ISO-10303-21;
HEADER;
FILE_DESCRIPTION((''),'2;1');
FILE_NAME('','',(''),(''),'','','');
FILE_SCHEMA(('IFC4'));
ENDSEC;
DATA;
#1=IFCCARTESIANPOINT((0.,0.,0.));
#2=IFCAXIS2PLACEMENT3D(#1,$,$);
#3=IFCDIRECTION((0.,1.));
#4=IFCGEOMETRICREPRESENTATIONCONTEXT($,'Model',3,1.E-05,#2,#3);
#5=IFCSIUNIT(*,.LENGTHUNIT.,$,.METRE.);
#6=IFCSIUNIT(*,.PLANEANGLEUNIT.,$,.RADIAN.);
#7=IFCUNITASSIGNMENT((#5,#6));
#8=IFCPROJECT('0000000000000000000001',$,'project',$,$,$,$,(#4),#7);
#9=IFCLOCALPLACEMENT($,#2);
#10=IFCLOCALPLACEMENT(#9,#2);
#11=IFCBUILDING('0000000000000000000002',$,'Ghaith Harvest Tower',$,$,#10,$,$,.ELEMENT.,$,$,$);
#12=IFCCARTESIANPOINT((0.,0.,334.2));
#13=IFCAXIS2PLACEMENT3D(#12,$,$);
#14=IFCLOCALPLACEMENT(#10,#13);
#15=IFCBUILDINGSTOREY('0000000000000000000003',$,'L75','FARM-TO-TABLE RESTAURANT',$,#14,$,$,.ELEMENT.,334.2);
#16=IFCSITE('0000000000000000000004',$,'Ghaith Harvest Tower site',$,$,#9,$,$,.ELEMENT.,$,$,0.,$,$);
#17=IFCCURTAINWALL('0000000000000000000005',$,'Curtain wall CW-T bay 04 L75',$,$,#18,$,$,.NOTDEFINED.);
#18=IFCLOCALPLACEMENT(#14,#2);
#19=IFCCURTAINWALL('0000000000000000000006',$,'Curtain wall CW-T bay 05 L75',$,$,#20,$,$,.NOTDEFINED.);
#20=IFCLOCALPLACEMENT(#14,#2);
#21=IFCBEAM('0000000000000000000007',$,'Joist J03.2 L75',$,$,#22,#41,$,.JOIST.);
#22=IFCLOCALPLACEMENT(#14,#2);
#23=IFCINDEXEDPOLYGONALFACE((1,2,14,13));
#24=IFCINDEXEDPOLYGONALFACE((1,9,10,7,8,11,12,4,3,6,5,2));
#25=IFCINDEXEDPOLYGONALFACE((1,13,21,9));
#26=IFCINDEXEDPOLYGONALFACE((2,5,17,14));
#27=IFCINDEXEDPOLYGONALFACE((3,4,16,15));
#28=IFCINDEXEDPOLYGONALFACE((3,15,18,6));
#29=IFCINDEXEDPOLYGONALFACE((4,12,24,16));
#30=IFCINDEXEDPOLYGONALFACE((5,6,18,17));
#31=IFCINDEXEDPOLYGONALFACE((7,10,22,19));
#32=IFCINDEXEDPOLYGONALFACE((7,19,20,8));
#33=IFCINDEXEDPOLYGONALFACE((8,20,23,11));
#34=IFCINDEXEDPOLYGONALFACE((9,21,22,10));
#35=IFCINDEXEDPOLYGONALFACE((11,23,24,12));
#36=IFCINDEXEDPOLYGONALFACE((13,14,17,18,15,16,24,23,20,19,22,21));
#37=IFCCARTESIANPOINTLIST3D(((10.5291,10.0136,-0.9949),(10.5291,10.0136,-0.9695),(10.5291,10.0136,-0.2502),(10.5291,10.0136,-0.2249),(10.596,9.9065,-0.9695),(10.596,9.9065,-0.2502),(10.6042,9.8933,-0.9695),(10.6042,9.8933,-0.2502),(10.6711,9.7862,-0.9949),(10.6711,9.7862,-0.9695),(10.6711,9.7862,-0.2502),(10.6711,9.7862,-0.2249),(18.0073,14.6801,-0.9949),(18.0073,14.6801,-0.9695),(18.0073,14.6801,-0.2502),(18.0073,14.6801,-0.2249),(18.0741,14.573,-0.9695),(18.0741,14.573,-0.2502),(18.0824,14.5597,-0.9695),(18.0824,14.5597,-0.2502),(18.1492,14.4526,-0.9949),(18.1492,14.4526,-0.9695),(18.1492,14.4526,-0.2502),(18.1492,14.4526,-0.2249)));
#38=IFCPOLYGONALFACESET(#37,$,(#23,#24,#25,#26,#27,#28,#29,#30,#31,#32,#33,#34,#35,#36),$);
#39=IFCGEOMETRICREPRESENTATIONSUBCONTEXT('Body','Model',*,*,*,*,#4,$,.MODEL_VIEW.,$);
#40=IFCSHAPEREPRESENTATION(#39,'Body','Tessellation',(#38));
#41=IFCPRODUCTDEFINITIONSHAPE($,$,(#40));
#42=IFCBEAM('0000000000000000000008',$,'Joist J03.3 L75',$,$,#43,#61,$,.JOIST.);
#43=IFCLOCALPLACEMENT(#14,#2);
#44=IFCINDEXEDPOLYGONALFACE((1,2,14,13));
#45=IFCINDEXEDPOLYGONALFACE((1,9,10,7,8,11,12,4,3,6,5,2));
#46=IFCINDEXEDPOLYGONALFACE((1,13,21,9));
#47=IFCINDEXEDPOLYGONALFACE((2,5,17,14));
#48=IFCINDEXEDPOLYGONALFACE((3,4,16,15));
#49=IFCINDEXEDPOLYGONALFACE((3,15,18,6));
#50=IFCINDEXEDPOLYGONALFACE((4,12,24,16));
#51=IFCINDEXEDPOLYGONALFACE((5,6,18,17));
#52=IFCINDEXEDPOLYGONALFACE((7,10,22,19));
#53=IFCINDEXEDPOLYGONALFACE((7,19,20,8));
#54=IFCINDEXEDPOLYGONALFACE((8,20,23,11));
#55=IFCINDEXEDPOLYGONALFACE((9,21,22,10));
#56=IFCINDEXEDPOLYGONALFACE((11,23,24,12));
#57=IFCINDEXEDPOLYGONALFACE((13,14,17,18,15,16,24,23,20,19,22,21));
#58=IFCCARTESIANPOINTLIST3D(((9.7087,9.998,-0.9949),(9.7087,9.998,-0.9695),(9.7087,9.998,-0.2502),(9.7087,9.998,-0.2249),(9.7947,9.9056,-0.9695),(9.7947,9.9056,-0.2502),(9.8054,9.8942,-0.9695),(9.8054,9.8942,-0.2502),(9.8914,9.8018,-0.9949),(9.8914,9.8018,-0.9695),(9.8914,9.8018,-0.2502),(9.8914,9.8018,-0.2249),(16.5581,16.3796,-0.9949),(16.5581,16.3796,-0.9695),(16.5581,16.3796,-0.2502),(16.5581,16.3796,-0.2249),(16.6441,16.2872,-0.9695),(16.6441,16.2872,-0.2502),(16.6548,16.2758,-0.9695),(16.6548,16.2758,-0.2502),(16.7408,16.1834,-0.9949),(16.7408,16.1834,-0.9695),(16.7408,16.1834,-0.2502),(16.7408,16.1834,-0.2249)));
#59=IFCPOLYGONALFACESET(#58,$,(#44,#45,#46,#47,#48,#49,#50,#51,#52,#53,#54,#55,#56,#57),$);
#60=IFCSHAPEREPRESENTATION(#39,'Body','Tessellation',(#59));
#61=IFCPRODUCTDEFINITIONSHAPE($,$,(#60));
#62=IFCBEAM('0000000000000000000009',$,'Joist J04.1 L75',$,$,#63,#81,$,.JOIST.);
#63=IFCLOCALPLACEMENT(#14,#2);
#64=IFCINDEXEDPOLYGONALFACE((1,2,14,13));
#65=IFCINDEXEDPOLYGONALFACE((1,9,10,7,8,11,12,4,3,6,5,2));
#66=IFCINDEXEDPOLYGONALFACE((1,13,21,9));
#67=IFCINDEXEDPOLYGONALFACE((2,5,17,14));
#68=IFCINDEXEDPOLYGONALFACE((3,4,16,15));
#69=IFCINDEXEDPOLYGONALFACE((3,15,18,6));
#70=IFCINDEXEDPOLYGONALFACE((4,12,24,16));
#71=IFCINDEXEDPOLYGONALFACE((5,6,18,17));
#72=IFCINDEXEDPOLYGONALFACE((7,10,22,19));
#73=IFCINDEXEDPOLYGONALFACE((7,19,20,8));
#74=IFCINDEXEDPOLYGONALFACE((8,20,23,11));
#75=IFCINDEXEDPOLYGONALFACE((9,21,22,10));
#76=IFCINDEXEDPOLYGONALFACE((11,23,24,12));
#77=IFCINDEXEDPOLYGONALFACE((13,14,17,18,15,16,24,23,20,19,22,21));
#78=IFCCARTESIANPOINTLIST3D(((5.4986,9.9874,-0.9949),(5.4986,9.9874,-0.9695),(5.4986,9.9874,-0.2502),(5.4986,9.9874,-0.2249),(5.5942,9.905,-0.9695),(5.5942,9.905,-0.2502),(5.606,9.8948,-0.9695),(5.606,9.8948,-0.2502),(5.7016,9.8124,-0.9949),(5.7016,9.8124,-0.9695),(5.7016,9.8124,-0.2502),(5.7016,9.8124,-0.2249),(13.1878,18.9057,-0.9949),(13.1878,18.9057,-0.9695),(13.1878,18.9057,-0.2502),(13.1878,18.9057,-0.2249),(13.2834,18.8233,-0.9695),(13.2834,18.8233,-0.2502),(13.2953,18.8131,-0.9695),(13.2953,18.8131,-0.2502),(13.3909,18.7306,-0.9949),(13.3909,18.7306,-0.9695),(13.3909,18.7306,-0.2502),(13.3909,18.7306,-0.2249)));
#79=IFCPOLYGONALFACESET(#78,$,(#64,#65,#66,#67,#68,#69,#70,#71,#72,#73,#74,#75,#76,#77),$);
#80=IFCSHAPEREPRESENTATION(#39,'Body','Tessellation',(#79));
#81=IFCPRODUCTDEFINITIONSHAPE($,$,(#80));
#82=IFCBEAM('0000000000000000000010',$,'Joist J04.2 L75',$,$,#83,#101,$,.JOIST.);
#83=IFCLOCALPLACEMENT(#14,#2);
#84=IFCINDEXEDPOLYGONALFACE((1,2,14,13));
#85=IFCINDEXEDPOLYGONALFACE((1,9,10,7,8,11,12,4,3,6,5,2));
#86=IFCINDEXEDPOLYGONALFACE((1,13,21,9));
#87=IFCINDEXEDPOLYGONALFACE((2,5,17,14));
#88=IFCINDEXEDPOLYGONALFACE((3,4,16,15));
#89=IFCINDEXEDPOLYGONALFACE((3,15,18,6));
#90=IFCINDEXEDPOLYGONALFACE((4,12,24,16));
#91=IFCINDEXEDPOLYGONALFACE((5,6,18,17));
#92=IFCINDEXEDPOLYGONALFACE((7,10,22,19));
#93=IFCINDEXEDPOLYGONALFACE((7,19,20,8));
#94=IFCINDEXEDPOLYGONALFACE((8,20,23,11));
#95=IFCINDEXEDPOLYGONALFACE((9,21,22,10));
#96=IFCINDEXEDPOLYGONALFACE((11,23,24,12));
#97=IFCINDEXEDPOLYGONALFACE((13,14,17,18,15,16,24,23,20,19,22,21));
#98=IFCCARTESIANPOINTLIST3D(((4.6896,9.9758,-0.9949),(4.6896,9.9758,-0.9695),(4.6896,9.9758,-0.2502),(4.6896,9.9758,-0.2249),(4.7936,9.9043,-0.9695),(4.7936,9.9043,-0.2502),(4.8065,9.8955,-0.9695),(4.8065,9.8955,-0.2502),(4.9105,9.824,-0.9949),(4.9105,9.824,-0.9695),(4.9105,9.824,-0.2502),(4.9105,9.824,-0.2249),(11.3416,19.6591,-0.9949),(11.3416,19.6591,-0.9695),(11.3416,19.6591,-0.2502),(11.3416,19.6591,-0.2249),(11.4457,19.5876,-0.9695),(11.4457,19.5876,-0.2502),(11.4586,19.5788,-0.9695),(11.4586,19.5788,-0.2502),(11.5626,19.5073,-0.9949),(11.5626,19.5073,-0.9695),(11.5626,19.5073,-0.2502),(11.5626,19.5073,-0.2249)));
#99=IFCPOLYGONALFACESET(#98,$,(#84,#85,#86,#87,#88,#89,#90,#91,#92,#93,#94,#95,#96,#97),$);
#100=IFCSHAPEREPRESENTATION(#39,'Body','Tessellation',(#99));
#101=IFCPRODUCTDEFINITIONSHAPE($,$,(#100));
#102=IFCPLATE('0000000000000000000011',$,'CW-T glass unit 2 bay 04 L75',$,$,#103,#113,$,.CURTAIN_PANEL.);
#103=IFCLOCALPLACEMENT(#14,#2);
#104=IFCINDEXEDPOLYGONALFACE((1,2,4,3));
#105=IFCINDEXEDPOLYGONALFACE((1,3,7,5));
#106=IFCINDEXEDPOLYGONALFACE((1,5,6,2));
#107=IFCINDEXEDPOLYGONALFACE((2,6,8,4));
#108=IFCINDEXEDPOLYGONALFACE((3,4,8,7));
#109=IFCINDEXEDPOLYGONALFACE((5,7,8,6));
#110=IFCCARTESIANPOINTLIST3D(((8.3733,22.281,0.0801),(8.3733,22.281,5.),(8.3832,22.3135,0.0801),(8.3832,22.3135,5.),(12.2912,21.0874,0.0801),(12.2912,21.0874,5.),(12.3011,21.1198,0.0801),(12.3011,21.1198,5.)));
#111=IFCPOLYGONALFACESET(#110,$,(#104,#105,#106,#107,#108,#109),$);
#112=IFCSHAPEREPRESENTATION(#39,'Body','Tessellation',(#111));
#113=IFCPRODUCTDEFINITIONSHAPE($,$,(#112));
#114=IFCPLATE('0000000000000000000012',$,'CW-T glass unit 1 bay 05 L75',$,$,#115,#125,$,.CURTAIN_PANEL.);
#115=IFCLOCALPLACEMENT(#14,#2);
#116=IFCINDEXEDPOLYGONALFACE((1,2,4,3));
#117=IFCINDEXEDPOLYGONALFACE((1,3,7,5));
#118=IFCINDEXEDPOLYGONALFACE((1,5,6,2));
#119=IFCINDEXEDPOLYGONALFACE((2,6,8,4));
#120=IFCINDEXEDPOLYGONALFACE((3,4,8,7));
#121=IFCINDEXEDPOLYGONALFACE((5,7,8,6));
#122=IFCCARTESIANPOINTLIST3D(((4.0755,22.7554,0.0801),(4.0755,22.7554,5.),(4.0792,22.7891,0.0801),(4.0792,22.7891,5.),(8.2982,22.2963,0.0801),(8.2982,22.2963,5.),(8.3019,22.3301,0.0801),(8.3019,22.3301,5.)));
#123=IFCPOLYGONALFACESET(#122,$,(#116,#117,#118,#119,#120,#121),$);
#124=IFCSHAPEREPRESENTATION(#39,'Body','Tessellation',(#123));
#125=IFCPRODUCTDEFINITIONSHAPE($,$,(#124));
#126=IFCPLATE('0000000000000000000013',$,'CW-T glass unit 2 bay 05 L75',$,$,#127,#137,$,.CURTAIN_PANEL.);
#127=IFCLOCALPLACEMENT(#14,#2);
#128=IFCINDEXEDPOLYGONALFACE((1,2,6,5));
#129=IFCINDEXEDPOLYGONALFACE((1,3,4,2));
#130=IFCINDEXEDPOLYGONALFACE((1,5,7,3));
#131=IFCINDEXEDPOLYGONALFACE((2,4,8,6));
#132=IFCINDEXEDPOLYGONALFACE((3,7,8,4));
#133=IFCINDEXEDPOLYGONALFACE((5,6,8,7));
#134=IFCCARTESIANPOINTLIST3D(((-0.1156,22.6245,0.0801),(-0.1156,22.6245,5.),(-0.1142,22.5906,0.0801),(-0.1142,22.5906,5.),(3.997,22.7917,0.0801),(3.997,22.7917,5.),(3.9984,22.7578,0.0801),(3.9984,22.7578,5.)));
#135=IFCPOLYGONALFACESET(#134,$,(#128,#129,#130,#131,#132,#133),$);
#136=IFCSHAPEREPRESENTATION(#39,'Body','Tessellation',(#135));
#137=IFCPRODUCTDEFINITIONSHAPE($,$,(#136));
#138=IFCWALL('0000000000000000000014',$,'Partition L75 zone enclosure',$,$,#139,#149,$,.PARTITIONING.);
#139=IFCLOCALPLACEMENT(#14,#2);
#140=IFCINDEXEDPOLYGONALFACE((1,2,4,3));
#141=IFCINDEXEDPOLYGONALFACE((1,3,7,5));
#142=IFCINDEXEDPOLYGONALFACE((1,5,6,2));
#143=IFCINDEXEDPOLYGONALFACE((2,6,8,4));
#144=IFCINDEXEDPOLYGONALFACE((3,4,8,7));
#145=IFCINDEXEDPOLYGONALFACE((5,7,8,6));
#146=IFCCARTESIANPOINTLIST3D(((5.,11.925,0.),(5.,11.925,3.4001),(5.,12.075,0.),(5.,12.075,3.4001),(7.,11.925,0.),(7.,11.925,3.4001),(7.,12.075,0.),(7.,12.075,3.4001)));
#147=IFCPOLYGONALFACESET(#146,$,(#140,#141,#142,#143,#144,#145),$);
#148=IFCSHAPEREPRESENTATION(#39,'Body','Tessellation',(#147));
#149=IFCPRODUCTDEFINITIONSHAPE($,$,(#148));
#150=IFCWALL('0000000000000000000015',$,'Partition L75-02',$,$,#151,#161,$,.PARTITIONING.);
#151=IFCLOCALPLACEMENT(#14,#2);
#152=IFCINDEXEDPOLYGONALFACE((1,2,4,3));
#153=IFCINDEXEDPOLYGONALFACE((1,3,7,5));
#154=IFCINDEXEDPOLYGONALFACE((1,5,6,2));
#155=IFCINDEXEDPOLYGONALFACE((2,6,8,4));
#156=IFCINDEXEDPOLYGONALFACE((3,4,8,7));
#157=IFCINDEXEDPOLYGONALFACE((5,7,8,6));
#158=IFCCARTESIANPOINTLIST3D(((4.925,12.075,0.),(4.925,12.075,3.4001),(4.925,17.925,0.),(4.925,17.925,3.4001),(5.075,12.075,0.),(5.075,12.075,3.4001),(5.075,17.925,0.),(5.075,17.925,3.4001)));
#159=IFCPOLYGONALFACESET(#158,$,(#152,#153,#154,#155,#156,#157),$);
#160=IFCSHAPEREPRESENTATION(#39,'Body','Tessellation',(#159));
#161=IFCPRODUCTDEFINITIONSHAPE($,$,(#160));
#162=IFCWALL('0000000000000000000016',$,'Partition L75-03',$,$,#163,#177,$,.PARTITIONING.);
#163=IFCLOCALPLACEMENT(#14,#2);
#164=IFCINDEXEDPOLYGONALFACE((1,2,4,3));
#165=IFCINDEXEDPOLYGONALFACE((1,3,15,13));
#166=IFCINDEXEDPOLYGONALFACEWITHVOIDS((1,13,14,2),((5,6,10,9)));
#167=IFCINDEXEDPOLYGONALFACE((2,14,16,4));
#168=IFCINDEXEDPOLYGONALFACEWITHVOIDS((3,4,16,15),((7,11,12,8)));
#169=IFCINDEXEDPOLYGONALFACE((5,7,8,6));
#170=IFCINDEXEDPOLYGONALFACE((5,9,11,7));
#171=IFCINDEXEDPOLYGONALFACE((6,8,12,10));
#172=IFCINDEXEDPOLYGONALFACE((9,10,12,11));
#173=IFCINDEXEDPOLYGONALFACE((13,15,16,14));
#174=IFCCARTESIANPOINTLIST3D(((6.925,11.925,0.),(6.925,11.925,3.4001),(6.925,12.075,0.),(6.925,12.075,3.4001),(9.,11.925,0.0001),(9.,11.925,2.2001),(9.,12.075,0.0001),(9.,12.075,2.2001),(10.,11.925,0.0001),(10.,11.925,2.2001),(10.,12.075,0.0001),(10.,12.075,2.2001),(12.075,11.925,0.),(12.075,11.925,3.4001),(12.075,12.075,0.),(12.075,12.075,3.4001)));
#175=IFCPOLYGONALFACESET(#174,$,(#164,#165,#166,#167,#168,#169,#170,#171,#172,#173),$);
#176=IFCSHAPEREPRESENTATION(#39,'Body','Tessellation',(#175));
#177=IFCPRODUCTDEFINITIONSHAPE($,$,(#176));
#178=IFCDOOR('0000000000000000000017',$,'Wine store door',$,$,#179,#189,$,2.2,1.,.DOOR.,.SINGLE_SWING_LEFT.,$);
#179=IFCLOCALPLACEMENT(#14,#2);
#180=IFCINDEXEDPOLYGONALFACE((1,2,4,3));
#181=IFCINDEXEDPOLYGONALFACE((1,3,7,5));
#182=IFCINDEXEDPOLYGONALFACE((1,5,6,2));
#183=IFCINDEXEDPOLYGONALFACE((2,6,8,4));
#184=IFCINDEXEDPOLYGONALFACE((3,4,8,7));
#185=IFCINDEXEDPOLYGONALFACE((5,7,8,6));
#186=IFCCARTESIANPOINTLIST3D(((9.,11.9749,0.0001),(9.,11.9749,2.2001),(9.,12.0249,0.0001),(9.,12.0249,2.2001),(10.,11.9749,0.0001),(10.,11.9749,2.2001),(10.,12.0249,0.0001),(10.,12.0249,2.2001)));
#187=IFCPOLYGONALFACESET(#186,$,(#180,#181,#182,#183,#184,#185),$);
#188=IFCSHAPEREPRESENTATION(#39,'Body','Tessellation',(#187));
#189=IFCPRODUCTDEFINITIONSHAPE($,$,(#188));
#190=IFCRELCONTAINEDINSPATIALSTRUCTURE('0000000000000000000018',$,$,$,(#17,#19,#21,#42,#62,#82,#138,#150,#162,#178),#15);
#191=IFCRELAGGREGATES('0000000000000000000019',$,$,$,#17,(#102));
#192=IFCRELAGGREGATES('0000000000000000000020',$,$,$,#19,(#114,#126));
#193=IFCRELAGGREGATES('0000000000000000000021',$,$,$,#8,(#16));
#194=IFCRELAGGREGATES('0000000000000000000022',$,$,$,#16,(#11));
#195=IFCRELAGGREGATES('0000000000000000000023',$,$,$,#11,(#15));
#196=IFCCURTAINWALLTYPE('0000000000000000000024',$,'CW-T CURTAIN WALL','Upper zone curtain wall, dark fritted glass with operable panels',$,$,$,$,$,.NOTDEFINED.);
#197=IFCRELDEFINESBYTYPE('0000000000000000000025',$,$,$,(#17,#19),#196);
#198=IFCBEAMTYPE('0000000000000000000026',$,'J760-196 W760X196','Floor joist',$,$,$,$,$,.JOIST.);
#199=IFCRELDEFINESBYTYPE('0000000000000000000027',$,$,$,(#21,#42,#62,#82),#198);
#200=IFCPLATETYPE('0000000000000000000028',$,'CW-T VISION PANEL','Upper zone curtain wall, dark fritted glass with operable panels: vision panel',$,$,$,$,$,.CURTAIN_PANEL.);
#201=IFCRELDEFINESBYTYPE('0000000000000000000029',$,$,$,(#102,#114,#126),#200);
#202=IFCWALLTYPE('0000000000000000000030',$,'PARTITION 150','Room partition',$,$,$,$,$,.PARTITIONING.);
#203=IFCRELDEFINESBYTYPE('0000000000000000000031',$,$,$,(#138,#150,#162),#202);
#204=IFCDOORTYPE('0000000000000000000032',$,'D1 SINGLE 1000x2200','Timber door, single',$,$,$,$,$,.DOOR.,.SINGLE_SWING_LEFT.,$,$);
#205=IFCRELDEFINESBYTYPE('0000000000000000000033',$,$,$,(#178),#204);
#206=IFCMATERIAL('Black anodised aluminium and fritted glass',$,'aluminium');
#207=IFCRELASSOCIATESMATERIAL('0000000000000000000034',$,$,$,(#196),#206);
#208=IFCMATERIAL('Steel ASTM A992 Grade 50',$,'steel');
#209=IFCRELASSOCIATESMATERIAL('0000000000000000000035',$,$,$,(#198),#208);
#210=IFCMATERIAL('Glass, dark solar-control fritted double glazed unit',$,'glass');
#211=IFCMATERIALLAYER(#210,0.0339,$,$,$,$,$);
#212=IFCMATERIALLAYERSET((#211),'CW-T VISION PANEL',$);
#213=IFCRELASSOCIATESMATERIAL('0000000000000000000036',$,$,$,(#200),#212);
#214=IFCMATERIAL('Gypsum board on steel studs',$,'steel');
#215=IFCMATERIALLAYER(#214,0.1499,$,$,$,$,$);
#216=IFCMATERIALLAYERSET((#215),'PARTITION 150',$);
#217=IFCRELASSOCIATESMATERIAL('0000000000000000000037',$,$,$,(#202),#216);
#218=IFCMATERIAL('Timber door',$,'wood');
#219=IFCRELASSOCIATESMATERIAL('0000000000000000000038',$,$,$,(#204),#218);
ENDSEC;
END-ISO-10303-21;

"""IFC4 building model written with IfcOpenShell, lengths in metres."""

from ifc_helpers import new_model, si_unit, direction, frame, frame_2d, origin, origin_2d, place, context, subcontext, project, spatial, rectangle, i_section, extrude, material, layer, layer_set, material_profile, profile_set, type_object, element, fill, aggregate, save


model = new_model("IFC4")

# Units and contexts
model_context = context("Model", 3, precision=1e-05, world=origin(), true_north=direction((0.0, 1.0)))
body_context = subcontext(model_context, "Body", "Model", "MODEL_VIEW")
ifc_project = project(units=[si_unit("LENGTHUNIT", "METRE"), si_unit("PLANEANGLEUNIT", "RADIAN")], contexts=[model_context])

# Site, building, storey
site_placement = place(None, origin())
site = spatial("IfcSite", under=ifc_project, at=site_placement, Name="Ghaith Harvest Tower site", CompositionType="ELEMENT", RefElevation=0.0)
building_placement = place(site_placement, origin())
building = spatial("IfcBuilding", under=site, at=building_placement, Name="Ghaith Harvest Tower", CompositionType="ELEMENT")
storey_placement = place(building_placement, frame((0.0, 0.0, 334.2)))
storey = spatial("IfcBuildingStorey", under=building, at=storey_placement, Name="L75", Description="FARM-TO-TABLE RESTAURANT", CompositionType="ELEMENT", Elevation=334.2)

# Curtain wall
ifc_material_1 = material(Name="Black anodised aluminium and fritted glass", Category="aluminium")
curtain_wall_type = type_object("IfcCurtainWallType", Name="CW-T CURTAIN WALL", Description="Upper zone curtain wall, dark fritted glass with operable panels", PredefinedType="NOTDEFINED", material=ifc_material_1)
curtain_wall_1_placement = place(storey_placement, origin())
curtain_wall_1 = element("IfcCurtainWall", 1, at=curtain_wall_1_placement, inside=storey, type_object=curtain_wall_type, Name="Curtain wall CW-T bay 04 L75", PredefinedType="NOTDEFINED")

# Curtain wall
curtain_wall_2_placement = place(storey_placement, origin())
curtain_wall_2 = element("IfcCurtainWall", 2, at=curtain_wall_2_placement, inside=storey, type_object=curtain_wall_type, Name="Curtain wall CW-T bay 05 L75", PredefinedType="NOTDEFINED")

# Beams
ifc_material_2 = material(Name="Steel ASTM A992 Grade 50", Category="steel")
ifc_material_profile_1 = material_profile(ifc_material_2, i_section(OverallWidth=0.2681, OverallDepth=0.77, WebThickness=0.0156, FlangeThickness=0.0254, at=origin_2d()), Name="W760X196")
ifc_profile_set_1 = profile_set([ifc_material_profile_1], Name="Steel ASTM A992 Grade 50")
beam_type_1 = type_object("IfcBeamType", Name="J760-196 W760X196", Description="Floor joist", PredefinedType="JOIST", material=ifc_profile_set_1)
beam_1_placement = place(storey_placement, frame((10.6001, 9.8999, -0.6099), z_axis=(0.848376, 0.529394, 0.0), x_axis=(-0.529394, 0.848376, 0.0)))
element("IfcBeam", 3, at=beam_1_placement, inside=storey, type_object=beam_type_1, Name="Joist J03.2 L75", PredefinedType="JOIST", context=body_context, shape_type="SweptSolid", body=[
    extrude(i_section(OverallWidth=0.2681, OverallDepth=0.77, WebThickness=0.0156, FlangeThickness=0.0254, at=origin_2d()), origin(), (0.0, 0.0, 1.0), 8.8147),
])
beam_2_placement = place(storey_placement, frame((9.8, 9.8999, -0.6099), z_axis=(0.731649, 0.681682, 0.0), x_axis=(-0.681682, 0.731649, 0.0)))
element("IfcBeam", 4, at=beam_2_placement, inside=storey, type_object=beam_type_1, Name="Joist J03.3 L75", PredefinedType="JOIST", context=body_context, shape_type="SweptSolid", body=[
    extrude(i_section(OverallWidth=0.2681, OverallDepth=0.77, WebThickness=0.0156, FlangeThickness=0.0254, at=origin_2d()), origin(), (0.0, 0.0, 1.0), 9.3616),
])
beam_3_placement = place(storey_placement, frame((5.6001, 9.8999, -0.6099), z_axis=(0.652993, 0.757364, 0.0), x_axis=(-0.757364, 0.652993, 0.0)))
element("IfcBeam", 5, at=beam_3_placement, inside=storey, type_object=beam_type_1, Name="Joist J04.1 L75", PredefinedType="JOIST", context=body_context, shape_type="SweptSolid", body=[
    extrude(i_section(OverallWidth=0.2681, OverallDepth=0.77, WebThickness=0.0156, FlangeThickness=0.0254, at=origin_2d()), origin(), (0.0, 0.0, 1.0), 11.7754),
])
beam_4_placement = place(storey_placement, frame((4.8, 9.8999, -0.6099), z_axis=(0.566228, 0.824249, 0.0), x_axis=(-0.824249, 0.566228, 0.0)))
element("IfcBeam", 6, at=beam_4_placement, inside=storey, type_object=beam_type_1, Name="Joist J04.2 L75", PredefinedType="JOIST", context=body_context, shape_type="SweptSolid", body=[
    extrude(i_section(OverallWidth=0.2681, OverallDepth=0.77, WebThickness=0.0156, FlangeThickness=0.0254, at=origin_2d()), origin(), (0.0, 0.0, 1.0), 11.748),
])

# Plates
ifc_material_3 = material(Name="Glass, dark solar-control fritted double glazed unit", Category="glass")
ifc_layer_1 = layer(ifc_material_3, 0.0339)
ifc_layer_set_1 = layer_set([ifc_layer_1], Name="CW-T VISION PANEL")
plate_type = type_object("IfcPlateType", Name="CW-T VISION PANEL", Description="Upper zone curtain wall, dark fritted glass with operable panels: vision panel", PredefinedType="CURTAIN_PANEL", material=ifc_layer_set_1)
plate_1_placement = place(storey_placement, frame((10.3372, 21.7004, 0.0801), z_axis=(0.0, 0.0, 1.0), x_axis=(-0.956588, 0.291445, 0.0)))
plate_1 = element("IfcPlate", 7, at=plate_1_placement, type_object=plate_type, Name="CW-T glass unit 2 bay 04 L75", PredefinedType="CURTAIN_PANEL", context=body_context, shape_type="SweptSolid", body=[
    extrude(rectangle(XDim=4.0957, YDim=0.0339, at=origin_2d()), origin(), (0.0, 0.0, 1.0), 4.9199),
])
aggregate(curtain_wall_1, [plate_1])
plate_2_placement = place(storey_placement, frame((6.1887, 22.5427, 0.0801), z_axis=(0.0, 0.0, 1.0), x_axis=(-0.994143, 0.108074, 0.0)))
plate_2 = element("IfcPlate", 8, at=plate_2_placement, type_object=plate_type, Name="CW-T glass unit 1 bay 05 L75", PredefinedType="CURTAIN_PANEL", context=body_context, shape_type="SweptSolid", body=[
    extrude(rectangle(XDim=4.2476, YDim=0.0339, at=origin_2d()), origin(), (0.0, 0.0, 1.0), 4.9199),
])
plate_3_placement = place(storey_placement, frame((1.9414, 22.6912, 0.0801), z_axis=(0.0, 0.0, 1.0), x_axis=(-0.999174, -0.040638, 0.0)))
plate_3 = element("IfcPlate", 9, at=plate_3_placement, type_object=plate_type, Name="CW-T glass unit 2 bay 05 L75", PredefinedType="CURTAIN_PANEL", context=body_context, shape_type="SweptSolid", body=[
    extrude(rectangle(XDim=4.116, YDim=0.0339, at=origin_2d()), origin(), (0.0, 0.0, 1.0), 4.9199),
])
aggregate(curtain_wall_2, [plate_2, plate_3])

# Walls
ifc_material_4 = material(Name="Gypsum board on steel studs", Category="steel")
ifc_layer_2 = layer(ifc_material_4, 0.1499)
ifc_layer_set_2 = layer_set([ifc_layer_2], Name="PARTITION 150")
wall_type = type_object("IfcWallType", Name="PARTITION 150", Description="Room partition", PredefinedType="PARTITIONING", material=ifc_layer_set_2)
wall_1_placement = place(storey_placement, frame((7.0, 12.0, 0.0), z_axis=(0.0, 0.0, 1.0), x_axis=(-1.0, 0.0, 0.0)))
element("IfcWall", 10, at=wall_1_placement, inside=storey, type_object=wall_type, Name="Partition L75 zone enclosure", PredefinedType="PARTITIONING", context=body_context, shape_type="SweptSolid", body=[
    extrude(rectangle(XDim=2.0, YDim=0.1499, at=frame_2d((1.0, 0.0))), origin(), (0.0, 0.0, 1.0), 3.4001),
])
wall_2_placement = place(storey_placement, frame((5.0, 12.075, 0.0), z_axis=(0.0, 0.0, 1.0), x_axis=(0.0, 1.0, 0.0)))
element("IfcWall", 11, at=wall_2_placement, inside=storey, type_object=wall_type, Name="Partition L75-02", PredefinedType="PARTITIONING", context=body_context, shape_type="SweptSolid", body=[
    extrude(rectangle(XDim=5.8501, YDim=0.1499, at=frame_2d((2.925, 0.0))), origin(), (0.0, 0.0, 1.0), 3.4001),
])

# Wall, opening, door
wall_3_placement = place(storey_placement, frame((6.925, 12.0, 0.0), z_axis=(0.0, 0.0, 1.0), x_axis=(1.0, 0.0, 0.0)))
wall_3 = element("IfcWall", 12, at=wall_3_placement, inside=storey, type_object=wall_type, Name="Partition L75-03", PredefinedType="PARTITIONING", context=body_context, shape_type="SweptSolid", body=[
    extrude(rectangle(XDim=5.1499, YDim=0.1499, at=frame_2d((2.575, 0.0))), origin(), (0.0, 0.0, 1.0), 3.4001),
])
opening_placement = place(wall_3_placement, frame((2.075, 0.0, 0.0)))
opening = element("IfcOpeningElement", 13, at=opening_placement, cuts=wall_3, PredefinedType="OPENING", context=body_context, shape_type="SweptSolid", body=[
    extrude(rectangle(XDim=1.0, YDim=2.2, at=frame_2d((0.5, 1.1001))), frame((0.0, 0.085, 0.0), z_axis=(0.0, -1.0, 0.0), x_axis=(1.0, 0.0, 0.0)), (0.0, 0.0, 1.0), 0.1699),
])
ifc_material_5 = material(Name="Timber door", Category="wood")
door_type = type_object("IfcDoorType", Name="D1 SINGLE 1000x2200", Description="Timber door, single", OperationType="SINGLE_SWING_LEFT", PredefinedType="DOOR", material=ifc_material_5)
door_placement = place(opening_placement, origin())
door = element("IfcDoor", 14, at=door_placement, inside=storey, type_object=door_type, Name="Wine store door", OperationType="SINGLE_SWING_LEFT", OverallHeight=2.2, OverallWidth=1.0, PredefinedType="DOOR", context=body_context, shape_type="SweptSolid", body=[
    extrude(rectangle(XDim=1.0, YDim=2.2, at=frame_2d((0.5, 1.1001))), frame((0.0, 0.0249, 0.0), z_axis=(0.0, -1.0, 0.0), x_axis=(1.0, 0.0, 0.0)), (0.0, 0.0, 1.0), 0.05),
])
fill(opening, door)

save(model, "model.ifc")
